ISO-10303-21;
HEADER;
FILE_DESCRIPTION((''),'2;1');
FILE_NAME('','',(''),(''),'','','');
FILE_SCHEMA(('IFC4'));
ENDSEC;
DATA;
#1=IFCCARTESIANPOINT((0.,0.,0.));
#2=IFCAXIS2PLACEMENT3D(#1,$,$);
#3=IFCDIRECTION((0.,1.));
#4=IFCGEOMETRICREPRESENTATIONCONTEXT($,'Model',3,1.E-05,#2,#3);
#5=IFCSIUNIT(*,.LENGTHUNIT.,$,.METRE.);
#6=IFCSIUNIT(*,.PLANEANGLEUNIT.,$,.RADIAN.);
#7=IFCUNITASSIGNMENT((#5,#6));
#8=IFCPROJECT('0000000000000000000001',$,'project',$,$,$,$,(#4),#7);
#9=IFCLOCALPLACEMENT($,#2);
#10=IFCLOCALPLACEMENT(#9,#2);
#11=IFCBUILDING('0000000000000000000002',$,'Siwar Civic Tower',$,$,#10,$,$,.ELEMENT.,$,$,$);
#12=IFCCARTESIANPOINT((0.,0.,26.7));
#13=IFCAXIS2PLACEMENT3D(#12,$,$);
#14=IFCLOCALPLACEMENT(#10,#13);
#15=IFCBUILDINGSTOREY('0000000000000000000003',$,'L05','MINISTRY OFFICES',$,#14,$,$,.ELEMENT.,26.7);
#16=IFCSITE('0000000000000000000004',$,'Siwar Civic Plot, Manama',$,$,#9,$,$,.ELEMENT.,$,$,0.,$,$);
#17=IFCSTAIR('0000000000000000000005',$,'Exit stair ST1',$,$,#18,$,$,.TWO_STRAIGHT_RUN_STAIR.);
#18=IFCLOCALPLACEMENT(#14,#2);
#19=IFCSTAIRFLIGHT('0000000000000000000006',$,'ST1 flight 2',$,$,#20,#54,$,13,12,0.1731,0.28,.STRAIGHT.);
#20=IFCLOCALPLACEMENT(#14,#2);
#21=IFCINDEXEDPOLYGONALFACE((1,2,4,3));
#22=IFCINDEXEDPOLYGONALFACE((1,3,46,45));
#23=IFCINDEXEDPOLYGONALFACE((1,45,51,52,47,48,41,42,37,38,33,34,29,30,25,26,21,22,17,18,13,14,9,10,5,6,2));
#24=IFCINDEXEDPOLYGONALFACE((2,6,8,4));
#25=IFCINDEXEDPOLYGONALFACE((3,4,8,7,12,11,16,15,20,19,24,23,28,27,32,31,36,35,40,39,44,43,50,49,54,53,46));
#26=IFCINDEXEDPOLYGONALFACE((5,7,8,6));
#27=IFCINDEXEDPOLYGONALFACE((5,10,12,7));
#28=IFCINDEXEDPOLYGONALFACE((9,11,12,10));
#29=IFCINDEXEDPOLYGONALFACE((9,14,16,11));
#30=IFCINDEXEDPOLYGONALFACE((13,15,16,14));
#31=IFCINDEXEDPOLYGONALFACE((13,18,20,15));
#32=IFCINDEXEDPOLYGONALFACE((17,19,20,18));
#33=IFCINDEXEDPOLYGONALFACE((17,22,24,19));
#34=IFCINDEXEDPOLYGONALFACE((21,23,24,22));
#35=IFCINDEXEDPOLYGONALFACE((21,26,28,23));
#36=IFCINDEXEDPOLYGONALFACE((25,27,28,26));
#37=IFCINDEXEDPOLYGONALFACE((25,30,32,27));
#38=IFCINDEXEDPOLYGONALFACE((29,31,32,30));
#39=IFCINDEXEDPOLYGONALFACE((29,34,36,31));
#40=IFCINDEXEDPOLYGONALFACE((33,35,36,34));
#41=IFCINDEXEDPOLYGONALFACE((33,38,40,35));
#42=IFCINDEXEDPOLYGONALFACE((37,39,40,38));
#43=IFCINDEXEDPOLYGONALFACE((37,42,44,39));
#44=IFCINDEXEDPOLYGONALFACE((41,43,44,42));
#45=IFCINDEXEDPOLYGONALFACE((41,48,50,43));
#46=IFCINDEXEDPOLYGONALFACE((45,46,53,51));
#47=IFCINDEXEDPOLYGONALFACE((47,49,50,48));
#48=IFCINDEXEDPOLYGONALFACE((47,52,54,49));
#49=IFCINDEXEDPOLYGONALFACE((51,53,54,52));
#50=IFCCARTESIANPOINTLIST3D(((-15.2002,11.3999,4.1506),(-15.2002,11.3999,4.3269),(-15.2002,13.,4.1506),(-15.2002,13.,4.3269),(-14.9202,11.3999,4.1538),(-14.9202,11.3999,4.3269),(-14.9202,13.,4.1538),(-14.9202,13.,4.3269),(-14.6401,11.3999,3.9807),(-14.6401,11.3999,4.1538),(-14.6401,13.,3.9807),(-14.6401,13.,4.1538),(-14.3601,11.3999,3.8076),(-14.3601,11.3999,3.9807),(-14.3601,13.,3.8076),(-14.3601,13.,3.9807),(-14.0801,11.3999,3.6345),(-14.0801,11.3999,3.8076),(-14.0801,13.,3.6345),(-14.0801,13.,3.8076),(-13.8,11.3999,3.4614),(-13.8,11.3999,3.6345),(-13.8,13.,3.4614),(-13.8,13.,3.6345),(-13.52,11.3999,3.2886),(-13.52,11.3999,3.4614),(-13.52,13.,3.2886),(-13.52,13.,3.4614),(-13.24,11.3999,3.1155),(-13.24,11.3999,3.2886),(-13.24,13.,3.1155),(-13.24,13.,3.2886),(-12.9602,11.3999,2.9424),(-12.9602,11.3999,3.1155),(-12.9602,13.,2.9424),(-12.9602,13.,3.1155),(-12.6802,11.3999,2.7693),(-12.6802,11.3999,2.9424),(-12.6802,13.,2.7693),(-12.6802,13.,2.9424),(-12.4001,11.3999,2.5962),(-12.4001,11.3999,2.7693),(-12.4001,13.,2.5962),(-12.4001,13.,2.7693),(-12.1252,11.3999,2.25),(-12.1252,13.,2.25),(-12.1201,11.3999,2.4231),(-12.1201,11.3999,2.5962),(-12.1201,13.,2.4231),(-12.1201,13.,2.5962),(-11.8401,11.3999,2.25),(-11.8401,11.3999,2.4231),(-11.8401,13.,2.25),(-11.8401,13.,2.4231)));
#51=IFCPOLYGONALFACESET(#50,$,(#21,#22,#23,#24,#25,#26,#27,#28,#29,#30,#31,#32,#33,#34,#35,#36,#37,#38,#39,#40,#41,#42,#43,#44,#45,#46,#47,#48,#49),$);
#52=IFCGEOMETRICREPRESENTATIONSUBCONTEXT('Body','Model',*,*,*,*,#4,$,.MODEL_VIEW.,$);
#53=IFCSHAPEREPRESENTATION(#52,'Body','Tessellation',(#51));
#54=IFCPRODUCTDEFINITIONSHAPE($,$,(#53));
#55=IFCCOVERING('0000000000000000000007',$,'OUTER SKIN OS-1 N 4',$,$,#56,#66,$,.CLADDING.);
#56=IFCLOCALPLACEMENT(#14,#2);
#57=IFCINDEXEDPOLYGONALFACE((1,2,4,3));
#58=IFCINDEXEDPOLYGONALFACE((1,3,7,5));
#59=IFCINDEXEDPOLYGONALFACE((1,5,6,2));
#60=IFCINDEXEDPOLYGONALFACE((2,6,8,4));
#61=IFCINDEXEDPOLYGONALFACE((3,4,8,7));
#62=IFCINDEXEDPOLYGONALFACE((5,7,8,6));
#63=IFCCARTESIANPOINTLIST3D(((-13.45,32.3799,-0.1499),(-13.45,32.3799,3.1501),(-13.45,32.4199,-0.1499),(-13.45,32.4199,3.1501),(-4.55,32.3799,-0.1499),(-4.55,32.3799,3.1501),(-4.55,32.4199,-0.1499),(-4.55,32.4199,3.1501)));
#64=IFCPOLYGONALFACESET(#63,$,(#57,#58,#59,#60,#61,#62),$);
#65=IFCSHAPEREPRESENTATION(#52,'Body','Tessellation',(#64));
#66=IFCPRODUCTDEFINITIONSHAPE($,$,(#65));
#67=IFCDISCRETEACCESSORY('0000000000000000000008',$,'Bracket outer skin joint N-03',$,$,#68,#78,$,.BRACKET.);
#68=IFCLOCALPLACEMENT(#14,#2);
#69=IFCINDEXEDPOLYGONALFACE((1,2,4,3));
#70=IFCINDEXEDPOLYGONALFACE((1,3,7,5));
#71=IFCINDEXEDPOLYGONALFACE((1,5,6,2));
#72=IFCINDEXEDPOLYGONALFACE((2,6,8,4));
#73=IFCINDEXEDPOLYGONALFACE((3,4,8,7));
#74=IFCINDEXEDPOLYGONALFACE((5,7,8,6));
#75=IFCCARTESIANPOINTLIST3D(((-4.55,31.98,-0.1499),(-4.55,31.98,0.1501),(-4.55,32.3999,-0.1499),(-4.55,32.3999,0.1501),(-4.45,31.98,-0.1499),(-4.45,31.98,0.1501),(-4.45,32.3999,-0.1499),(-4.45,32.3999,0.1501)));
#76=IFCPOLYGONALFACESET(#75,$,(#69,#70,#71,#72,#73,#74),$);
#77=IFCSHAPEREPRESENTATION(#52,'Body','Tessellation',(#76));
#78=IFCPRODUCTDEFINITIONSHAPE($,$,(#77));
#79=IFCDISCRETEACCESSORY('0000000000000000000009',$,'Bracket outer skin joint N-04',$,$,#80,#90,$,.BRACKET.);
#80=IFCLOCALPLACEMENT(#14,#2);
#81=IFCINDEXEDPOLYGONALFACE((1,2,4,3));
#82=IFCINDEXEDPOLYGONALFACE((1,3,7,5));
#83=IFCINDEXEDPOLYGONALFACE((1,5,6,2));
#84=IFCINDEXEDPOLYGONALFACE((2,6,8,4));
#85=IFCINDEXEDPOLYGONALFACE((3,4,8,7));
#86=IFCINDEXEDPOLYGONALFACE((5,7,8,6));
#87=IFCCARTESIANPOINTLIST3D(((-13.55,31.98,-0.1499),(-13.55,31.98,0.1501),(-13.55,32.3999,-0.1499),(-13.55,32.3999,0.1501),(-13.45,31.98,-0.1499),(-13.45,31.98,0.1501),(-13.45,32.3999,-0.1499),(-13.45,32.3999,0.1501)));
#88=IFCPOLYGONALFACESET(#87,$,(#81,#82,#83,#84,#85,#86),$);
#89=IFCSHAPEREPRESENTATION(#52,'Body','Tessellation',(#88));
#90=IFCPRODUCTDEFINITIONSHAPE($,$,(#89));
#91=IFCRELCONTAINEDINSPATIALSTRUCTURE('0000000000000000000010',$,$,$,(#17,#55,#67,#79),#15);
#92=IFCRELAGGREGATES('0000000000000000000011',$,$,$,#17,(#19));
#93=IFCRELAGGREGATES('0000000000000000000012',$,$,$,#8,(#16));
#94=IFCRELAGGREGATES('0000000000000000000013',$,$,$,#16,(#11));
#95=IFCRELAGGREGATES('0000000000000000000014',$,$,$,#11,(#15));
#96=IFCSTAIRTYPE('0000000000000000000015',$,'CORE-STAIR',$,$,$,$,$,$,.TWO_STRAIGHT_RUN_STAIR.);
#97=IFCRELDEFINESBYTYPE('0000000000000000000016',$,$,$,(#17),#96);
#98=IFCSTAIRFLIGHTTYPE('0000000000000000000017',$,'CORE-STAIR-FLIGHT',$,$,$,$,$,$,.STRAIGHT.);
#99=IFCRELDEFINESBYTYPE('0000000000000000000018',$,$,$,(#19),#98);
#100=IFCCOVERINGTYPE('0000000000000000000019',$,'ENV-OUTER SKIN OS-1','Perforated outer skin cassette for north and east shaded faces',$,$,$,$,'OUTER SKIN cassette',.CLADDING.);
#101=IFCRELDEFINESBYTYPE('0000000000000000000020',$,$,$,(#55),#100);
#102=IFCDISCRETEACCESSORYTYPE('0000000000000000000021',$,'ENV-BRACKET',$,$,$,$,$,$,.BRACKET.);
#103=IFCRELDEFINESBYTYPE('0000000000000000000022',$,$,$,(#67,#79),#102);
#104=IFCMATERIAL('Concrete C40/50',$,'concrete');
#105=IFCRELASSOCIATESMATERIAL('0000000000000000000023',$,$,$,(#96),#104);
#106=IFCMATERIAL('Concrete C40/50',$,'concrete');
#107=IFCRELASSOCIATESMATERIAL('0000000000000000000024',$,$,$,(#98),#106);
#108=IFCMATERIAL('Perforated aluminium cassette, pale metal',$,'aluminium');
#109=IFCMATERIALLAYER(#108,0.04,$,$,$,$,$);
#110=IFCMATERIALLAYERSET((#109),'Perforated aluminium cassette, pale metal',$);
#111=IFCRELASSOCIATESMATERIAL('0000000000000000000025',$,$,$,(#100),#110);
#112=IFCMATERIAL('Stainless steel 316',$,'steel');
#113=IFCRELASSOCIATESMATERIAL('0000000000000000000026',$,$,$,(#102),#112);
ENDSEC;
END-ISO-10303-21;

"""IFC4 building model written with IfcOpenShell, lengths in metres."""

from ifc_helpers import new_model, si_unit, direction, frame, origin, origin_2d, place, context, subcontext, project, spatial, polyline, rectangle, outline, extrude, material, layer, layer_set, type_object, element, aggregate, save


model = new_model("IFC4")

# Units and contexts
model_context = context("Model", 3, precision=1e-05, world=origin(), true_north=direction((0.0, 1.0)))
body_context = subcontext(model_context, "Body", "Model", "MODEL_VIEW")
ifc_project = project(units=[si_unit("LENGTHUNIT", "METRE"), si_unit("PLANEANGLEUNIT", "RADIAN")], contexts=[model_context])

# Site, building, storey
site_placement = place(None, origin())
site = spatial("IfcSite", under=ifc_project, at=site_placement, Name="Siwar Civic Plot, Manama", CompositionType="ELEMENT", RefElevation=0.0)
building_placement = place(site_placement, origin())
building = spatial("IfcBuilding", under=site, at=building_placement, Name="Siwar Civic Tower", CompositionType="ELEMENT")
storey_placement = place(building_placement, frame((0.0, 0.0, 26.7)))
storey = spatial("IfcBuildingStorey", under=building, at=storey_placement, Name="L05", Description="MINISTRY OFFICES", CompositionType="ELEMENT", Elevation=26.7)

# Stair, stair flight
ifc_material_1 = material(Name="Concrete C40/50", Category="concrete")
stair_type = type_object("IfcStairType", Name="CORE-STAIR", PredefinedType="TWO_STRAIGHT_RUN_STAIR", material=ifc_material_1)
stair_placement = place(storey_placement, origin())
stair = element("IfcStair", 1, at=stair_placement, inside=storey, type_object=stair_type, Name="Exit stair ST1", PredefinedType="TWO_STRAIGHT_RUN_STAIR")
ifc_material_2 = material(Name="Concrete C40/50", Category="concrete")
stair_flight_type = type_object("IfcStairFlightType", Name="CORE-STAIR-FLIGHT", PredefinedType="STRAIGHT", material=ifc_material_2)
stair_flight_placement = place(storey_placement, frame((-11.8401, 12.2, 2.25), z_axis=(0.0, 0.0, 1.0), x_axis=(-1.0, 0.0, 0.0)))
stair_flight = element("IfcStairFlight", 2, at=stair_flight_placement, type_object=stair_flight_type, Name="ST1 flight 2", NumberOfRisers=13, NumberOfTreads=12, PredefinedType="STRAIGHT", RiserHeight=0.1731, TreadLength=0.28, context=body_context, shape_type="SweptSolid", body=[
    extrude(outline(polyline([(0.0, 0.0), (0.0, 0.1731), (0.28, 0.1731), (0.28, 0.3462), (0.5601, 0.3462), (0.5601, 0.5193), (0.8401, 0.5193), (0.8401, 0.6924), (1.1201, 0.6924), (1.1201, 0.8655), (1.3999, 0.8655), (1.3999, 1.0386), (1.6799, 1.0386), (1.6799, 1.2114), (1.96, 1.2114), (1.96, 1.3845), (2.24, 1.3845), (2.24, 1.5576), (2.52, 1.5576), (2.52, 1.7307), (2.8, 1.7307), (2.8, 1.9038), (3.0801, 1.9038), (3.0801, 2.0769), (3.3601, 2.0769), (3.3601, 2.25), (3.3601, 1.9006), (0.2852, 0.0), (0.0, 0.0)])), frame((0.0, 0.8, 0.0), z_axis=(0.0, -1.0, 0.0), x_axis=(1.0, 0.0, 0.0)), (0.0, 0.0, 1.0), 1.6001),
])
aggregate(stair, [stair_flight])

# Covering
ifc_material_3 = material(Name="Perforated aluminium cassette, pale metal", Category="aluminium")
ifc_layer_1 = layer(ifc_material_3, 0.04)
ifc_layer_set_1 = layer_set([ifc_layer_1], Name="Perforated aluminium cassette, pale metal")
covering_type = type_object("IfcCoveringType", Name="ENV-OUTER SKIN OS-1", Description="Perforated outer skin cassette for north and east shaded faces", ElementType="OUTER SKIN cassette", PredefinedType="CLADDING", material=ifc_layer_set_1)
covering_placement = place(storey_placement, frame((-9.0, 32.3999, -0.1499), z_axis=(0.0, 0.0, 1.0), x_axis=(-1.0, 0.0, 0.0)))
element("IfcCovering", 3, at=covering_placement, inside=storey, type_object=covering_type, Name="OUTER SKIN OS-1 N 4", PredefinedType="CLADDING", context=body_context, shape_type="SweptSolid", body=[
    extrude(rectangle(XDim=8.8999, YDim=0.04, at=origin_2d()), origin(), (0.0, 0.0, 1.0), 3.3),
])

# Discrete accessories
ifc_material_4 = material(Name="Stainless steel 316", Category="steel")
discrete_accessory_type = type_object("IfcDiscreteAccessoryType", Name="ENV-BRACKET", PredefinedType="BRACKET", material=ifc_material_4)
for number, where, z_axis, x_axis, name in (
    (4, (-4.5, 32.1899, -0.1499), (0.0, 0.0, 1.0), (0.0, 1.0, 0.0), "Bracket outer skin joint N-03"),
    (5, (-13.5, 32.1899, -0.1499), (0.0, 0.0, 1.0), (0.0, 1.0, 0.0), "Bracket outer skin joint N-04"),
):
    element("IfcDiscreteAccessory", number, at=place(storey_placement, frame(where, z_axis=z_axis, x_axis=x_axis)), inside=storey, type_object=discrete_accessory_type, Name=name, PredefinedType="BRACKET", context=body_context, shape_type="SweptSolid", body=[
        extrude(rectangle(XDim=0.4199, YDim=0.1001, at=origin_2d()), origin(), (0.0, 0.0, 1.0), 0.3),
    ])

save(model, "model.ifc")
